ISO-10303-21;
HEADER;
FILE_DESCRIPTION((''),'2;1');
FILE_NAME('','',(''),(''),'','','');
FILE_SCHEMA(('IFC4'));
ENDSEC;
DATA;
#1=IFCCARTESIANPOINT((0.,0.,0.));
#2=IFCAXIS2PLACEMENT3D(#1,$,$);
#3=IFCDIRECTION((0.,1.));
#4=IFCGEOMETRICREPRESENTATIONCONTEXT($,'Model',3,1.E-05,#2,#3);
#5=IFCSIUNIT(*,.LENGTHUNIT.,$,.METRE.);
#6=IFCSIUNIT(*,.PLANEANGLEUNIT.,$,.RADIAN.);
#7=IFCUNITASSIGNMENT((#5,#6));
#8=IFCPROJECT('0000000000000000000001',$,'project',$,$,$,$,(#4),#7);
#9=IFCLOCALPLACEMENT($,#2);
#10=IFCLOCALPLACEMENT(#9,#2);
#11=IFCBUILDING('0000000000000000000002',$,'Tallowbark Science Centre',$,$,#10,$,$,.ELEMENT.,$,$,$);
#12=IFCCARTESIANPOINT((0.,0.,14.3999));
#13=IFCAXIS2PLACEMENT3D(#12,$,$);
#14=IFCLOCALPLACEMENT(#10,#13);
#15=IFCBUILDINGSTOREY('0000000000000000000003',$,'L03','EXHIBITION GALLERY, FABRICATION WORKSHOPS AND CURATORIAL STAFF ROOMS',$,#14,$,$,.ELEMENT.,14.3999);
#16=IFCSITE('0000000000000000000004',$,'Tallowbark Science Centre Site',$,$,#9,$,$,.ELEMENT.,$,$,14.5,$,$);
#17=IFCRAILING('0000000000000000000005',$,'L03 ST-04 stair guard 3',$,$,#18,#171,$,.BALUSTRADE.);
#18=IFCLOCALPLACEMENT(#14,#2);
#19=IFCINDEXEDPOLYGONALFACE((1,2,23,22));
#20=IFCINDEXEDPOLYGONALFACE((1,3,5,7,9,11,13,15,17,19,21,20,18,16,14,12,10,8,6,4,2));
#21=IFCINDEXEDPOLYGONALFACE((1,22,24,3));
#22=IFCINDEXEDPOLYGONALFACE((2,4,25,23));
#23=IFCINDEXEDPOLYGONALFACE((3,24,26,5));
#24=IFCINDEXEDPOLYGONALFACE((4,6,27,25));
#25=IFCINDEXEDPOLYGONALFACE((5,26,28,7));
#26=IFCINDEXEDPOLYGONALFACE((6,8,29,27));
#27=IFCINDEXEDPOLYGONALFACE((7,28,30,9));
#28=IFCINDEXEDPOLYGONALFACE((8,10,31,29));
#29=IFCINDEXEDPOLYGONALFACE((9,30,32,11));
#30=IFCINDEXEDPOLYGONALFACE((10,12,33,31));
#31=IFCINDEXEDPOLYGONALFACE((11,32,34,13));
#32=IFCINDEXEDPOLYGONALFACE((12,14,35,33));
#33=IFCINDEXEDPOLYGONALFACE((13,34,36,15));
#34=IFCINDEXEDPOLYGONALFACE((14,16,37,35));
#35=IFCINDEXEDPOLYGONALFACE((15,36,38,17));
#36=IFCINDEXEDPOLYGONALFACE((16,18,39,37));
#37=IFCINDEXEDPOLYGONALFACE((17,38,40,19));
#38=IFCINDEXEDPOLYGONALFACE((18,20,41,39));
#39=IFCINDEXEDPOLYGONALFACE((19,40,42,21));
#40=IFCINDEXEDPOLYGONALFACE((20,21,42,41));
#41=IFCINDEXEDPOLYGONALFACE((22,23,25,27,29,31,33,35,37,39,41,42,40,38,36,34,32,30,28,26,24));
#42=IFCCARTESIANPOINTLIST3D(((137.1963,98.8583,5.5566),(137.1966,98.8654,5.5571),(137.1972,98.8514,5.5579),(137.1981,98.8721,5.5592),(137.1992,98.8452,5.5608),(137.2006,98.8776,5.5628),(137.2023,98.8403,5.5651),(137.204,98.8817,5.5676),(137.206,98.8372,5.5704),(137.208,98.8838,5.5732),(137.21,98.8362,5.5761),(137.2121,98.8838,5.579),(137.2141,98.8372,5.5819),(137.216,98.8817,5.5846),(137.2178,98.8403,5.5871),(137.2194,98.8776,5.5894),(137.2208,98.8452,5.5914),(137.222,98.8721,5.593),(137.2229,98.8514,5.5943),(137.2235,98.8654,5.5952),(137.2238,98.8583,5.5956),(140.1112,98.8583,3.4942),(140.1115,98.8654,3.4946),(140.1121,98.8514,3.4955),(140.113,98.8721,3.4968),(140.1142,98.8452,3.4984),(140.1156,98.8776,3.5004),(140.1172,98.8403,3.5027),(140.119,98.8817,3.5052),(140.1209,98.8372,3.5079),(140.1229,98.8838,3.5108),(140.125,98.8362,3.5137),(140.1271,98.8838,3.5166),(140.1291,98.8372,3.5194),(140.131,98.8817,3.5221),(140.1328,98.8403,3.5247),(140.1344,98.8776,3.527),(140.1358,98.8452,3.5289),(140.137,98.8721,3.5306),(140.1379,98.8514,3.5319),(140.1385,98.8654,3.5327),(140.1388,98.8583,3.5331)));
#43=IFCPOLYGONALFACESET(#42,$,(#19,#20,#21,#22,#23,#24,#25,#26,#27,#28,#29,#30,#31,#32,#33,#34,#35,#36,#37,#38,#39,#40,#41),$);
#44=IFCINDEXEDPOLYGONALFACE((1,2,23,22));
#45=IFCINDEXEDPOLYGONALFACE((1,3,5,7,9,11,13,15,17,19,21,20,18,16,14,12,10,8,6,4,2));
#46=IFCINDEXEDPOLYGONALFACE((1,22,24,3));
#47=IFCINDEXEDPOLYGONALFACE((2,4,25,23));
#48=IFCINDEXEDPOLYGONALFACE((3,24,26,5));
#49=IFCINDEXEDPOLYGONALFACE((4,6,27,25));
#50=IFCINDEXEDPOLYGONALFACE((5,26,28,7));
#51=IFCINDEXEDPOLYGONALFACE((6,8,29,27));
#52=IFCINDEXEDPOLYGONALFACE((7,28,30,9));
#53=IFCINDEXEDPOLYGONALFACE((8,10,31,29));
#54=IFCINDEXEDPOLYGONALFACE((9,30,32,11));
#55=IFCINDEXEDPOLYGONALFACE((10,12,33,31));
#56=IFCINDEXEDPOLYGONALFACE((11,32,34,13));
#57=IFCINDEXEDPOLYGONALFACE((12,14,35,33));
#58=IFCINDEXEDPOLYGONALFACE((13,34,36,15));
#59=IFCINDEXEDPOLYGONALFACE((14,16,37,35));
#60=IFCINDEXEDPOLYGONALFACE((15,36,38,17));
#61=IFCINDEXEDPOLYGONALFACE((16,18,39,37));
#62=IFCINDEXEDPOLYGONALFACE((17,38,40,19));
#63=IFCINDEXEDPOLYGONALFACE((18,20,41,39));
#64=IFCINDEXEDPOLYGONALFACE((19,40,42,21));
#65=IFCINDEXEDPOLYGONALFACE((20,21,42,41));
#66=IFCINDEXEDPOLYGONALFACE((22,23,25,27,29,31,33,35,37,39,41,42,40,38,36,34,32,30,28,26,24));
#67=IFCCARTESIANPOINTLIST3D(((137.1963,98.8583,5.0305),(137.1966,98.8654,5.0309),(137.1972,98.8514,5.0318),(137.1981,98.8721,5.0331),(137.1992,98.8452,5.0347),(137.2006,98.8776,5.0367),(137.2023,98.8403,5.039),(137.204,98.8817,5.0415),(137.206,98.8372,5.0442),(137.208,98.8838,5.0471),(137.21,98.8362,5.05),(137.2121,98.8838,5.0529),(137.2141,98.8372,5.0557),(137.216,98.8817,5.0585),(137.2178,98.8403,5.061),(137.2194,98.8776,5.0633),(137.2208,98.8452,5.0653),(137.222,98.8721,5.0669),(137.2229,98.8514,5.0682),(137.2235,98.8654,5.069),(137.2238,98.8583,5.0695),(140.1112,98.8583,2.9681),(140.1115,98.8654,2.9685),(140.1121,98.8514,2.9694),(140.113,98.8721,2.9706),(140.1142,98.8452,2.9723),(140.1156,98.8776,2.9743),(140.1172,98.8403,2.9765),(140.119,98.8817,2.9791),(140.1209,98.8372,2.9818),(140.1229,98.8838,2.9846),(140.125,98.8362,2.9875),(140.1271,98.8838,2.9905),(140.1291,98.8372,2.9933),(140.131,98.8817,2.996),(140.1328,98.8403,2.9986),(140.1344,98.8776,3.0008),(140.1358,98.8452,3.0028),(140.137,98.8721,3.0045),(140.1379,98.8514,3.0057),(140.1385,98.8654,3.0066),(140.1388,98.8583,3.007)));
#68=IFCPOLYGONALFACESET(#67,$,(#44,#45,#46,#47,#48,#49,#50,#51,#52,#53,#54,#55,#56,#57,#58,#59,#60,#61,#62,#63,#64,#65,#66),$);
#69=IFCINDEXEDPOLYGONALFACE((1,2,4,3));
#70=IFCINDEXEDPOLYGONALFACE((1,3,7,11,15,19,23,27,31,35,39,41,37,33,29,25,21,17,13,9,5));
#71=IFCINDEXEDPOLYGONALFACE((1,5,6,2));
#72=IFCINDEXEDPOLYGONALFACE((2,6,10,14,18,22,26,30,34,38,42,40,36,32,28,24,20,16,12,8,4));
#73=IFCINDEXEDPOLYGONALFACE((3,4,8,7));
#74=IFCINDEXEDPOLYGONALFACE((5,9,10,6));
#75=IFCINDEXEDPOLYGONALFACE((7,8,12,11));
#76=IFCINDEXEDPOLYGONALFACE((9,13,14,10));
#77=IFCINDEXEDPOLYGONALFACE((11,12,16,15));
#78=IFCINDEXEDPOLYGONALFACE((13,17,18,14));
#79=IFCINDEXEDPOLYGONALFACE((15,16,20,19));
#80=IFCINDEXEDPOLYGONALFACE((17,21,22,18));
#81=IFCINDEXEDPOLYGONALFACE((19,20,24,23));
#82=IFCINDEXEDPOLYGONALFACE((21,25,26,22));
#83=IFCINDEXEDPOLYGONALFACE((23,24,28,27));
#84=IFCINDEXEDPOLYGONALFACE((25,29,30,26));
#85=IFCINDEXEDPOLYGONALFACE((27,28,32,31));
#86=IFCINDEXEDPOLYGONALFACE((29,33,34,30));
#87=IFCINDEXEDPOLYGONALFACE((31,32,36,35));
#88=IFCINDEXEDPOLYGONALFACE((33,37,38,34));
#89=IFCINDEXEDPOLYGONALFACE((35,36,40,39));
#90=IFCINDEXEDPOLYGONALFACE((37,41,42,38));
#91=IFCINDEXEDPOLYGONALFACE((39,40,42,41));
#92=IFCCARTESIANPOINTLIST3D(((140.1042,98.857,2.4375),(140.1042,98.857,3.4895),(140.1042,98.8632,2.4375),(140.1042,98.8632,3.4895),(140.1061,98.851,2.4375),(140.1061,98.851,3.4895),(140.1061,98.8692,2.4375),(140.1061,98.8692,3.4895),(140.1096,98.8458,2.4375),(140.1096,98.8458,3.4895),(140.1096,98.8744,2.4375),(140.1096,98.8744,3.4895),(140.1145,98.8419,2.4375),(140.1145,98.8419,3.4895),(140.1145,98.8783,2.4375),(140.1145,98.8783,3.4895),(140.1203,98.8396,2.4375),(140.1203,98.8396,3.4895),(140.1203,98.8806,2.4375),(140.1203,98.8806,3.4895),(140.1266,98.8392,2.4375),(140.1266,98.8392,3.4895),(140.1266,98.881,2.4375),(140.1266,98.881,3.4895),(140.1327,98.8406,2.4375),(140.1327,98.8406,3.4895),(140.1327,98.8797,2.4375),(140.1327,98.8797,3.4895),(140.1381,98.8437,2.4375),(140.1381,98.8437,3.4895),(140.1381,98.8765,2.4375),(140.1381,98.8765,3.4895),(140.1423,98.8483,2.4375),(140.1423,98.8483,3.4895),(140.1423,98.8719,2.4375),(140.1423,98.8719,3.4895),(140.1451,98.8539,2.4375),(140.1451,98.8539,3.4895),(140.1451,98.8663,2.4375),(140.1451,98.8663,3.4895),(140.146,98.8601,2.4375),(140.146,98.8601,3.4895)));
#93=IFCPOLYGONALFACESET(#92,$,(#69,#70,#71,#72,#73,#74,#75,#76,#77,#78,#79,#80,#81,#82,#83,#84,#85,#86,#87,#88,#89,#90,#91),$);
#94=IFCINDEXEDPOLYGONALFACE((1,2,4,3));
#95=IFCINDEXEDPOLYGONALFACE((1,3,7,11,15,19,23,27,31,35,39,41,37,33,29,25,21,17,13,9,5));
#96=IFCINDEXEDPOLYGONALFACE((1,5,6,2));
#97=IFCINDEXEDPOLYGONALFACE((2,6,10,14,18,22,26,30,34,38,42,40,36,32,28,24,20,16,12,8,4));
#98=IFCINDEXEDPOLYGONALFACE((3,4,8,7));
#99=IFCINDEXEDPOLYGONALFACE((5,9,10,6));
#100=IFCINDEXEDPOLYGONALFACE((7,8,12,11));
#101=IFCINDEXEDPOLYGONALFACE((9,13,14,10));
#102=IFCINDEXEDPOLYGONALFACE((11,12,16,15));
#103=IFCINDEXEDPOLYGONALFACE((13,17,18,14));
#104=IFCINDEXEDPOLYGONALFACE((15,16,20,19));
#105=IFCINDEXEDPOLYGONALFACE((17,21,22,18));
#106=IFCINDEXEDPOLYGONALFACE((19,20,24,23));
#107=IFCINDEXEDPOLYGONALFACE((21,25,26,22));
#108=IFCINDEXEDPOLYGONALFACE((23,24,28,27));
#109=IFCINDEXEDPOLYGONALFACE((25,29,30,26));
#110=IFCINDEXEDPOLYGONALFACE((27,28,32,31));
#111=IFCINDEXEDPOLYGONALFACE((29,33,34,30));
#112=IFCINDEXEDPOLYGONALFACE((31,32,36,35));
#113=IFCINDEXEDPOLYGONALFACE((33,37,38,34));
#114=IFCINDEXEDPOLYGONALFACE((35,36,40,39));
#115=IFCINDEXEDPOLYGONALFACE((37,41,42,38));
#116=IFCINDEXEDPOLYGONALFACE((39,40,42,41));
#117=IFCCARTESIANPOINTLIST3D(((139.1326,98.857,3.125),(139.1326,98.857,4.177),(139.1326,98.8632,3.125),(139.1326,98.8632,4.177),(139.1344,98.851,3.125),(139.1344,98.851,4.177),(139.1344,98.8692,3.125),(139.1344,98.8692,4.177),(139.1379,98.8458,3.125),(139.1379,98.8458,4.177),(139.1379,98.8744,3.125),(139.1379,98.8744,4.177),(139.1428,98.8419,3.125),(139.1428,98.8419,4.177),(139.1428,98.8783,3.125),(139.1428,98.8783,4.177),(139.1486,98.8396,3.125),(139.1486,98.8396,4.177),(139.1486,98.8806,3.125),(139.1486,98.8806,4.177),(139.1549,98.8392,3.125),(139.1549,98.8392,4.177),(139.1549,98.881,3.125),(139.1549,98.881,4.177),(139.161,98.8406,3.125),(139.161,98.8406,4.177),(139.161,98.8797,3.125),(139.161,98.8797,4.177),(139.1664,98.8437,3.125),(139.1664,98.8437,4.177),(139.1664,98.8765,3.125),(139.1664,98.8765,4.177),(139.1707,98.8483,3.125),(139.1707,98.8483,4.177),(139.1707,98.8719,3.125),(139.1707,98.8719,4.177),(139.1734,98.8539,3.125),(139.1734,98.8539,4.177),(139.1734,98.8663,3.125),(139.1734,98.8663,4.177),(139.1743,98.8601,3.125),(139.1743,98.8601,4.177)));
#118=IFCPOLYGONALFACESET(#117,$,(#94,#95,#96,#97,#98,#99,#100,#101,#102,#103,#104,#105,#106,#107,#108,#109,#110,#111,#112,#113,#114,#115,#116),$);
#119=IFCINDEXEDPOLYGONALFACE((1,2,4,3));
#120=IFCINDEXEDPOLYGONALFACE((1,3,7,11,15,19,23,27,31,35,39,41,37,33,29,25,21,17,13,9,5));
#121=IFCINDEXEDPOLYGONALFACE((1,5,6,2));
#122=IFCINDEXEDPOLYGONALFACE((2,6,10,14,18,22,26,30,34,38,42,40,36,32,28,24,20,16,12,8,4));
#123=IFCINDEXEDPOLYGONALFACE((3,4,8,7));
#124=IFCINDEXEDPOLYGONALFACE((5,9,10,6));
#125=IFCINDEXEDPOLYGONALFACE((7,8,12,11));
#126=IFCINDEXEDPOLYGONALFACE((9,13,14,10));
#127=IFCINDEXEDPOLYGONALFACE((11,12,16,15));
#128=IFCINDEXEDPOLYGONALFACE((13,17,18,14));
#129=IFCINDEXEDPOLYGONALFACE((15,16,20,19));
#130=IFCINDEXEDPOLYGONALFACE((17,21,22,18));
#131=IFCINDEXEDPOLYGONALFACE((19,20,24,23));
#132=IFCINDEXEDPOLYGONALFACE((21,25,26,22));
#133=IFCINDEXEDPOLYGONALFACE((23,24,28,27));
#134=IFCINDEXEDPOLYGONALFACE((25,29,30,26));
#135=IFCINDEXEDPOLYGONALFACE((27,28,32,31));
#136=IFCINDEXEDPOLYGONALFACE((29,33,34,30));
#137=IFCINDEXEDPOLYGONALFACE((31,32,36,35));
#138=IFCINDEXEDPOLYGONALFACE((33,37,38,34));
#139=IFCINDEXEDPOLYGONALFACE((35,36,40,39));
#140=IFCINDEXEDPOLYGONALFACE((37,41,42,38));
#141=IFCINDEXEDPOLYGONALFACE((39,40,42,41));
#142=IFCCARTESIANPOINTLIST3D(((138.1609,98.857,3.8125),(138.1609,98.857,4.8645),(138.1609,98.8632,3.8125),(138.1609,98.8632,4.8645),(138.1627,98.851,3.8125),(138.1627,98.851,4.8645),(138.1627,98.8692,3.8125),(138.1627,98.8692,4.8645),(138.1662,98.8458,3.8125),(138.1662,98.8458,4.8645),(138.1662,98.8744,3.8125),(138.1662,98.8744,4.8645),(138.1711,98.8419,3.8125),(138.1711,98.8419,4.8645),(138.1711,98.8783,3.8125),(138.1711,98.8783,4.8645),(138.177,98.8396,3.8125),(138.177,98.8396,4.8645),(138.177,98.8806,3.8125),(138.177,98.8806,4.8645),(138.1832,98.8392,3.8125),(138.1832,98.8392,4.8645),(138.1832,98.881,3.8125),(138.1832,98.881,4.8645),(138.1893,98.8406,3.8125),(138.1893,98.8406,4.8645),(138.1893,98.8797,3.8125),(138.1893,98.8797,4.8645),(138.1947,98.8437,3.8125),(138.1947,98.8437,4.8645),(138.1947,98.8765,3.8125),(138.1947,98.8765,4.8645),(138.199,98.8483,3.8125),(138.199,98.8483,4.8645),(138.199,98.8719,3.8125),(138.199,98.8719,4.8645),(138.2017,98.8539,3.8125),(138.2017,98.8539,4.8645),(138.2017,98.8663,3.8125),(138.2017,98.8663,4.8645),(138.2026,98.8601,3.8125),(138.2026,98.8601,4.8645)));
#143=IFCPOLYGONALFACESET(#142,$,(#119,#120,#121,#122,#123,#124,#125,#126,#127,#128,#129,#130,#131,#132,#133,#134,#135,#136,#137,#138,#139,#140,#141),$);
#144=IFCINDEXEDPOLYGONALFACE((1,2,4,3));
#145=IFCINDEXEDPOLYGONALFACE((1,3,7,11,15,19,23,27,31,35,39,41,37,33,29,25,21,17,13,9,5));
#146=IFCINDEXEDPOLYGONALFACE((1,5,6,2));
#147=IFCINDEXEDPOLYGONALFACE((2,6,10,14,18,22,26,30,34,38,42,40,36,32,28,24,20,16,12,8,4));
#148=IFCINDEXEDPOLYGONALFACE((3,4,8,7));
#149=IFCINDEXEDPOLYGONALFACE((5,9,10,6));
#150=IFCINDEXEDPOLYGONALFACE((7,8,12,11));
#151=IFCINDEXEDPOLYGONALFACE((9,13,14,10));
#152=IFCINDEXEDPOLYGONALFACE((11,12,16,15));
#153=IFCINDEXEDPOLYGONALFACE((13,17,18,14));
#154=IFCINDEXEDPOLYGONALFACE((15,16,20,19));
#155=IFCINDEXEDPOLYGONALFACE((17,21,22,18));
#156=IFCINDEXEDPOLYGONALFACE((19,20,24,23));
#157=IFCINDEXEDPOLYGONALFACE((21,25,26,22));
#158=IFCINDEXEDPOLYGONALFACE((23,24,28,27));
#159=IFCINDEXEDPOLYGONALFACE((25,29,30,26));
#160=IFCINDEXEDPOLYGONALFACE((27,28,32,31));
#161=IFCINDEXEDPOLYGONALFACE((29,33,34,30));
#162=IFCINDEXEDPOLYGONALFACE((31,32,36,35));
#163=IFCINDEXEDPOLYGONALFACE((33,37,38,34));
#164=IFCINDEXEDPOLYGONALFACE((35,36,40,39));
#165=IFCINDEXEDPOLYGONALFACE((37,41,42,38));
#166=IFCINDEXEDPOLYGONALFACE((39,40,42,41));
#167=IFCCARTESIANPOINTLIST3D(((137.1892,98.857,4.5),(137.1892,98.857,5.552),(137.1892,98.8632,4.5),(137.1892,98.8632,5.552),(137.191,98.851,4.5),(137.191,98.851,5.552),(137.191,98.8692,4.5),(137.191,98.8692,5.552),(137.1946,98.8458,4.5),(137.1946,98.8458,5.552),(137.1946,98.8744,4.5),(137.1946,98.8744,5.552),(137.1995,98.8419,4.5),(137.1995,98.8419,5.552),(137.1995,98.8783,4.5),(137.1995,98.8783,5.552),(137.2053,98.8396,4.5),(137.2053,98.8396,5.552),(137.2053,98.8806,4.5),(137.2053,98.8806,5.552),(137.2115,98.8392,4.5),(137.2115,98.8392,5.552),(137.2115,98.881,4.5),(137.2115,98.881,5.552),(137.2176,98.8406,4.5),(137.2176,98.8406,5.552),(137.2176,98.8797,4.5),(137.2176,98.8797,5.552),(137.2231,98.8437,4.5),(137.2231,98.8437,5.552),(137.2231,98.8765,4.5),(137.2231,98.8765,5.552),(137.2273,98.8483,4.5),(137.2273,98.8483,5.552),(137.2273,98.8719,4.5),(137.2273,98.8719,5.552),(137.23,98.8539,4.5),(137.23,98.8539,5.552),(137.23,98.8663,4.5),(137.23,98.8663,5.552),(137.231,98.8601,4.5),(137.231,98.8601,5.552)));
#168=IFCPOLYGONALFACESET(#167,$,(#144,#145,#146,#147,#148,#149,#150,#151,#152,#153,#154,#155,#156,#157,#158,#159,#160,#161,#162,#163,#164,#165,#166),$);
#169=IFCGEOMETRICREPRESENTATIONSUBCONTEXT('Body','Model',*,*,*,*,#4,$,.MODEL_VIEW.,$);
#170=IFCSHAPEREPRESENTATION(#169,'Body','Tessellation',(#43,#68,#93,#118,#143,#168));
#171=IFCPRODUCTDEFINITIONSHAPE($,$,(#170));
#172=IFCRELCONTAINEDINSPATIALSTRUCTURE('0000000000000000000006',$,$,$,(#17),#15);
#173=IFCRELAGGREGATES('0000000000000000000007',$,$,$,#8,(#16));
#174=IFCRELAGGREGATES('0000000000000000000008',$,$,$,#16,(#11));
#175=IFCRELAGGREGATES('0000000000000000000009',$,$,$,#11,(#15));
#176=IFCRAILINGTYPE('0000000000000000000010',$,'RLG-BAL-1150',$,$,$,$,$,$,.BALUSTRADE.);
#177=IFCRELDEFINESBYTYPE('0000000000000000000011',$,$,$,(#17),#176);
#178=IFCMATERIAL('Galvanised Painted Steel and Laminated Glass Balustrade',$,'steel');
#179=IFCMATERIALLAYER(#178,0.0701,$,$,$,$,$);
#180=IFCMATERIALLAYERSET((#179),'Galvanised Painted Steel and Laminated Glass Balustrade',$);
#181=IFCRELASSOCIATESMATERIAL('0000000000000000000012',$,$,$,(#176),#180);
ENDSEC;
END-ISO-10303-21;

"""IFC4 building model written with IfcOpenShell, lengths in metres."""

from ifc_helpers import new_model, si_unit, direction, frame, origin, origin_2d, place, context, subcontext, project, spatial, circle, extrude, material, layer, layer_set, type_object, element, save


model = new_model("IFC4")

# Units and contexts
model_context = context("Model", 3, precision=1e-05, world=origin(), true_north=direction((0.0, 1.0)))
body_context = subcontext(model_context, "Body", "Model", "MODEL_VIEW")
ifc_project = project(units=[si_unit("LENGTHUNIT", "METRE"), si_unit("PLANEANGLEUNIT", "RADIAN")], contexts=[model_context])

# Site, building, storey
site_placement = place(None, origin())
site = spatial("IfcSite", under=ifc_project, at=site_placement, Name="Tallowbark Science Centre Site", CompositionType="ELEMENT", RefElevation=14.5)
building_placement = place(site_placement, origin())
building = spatial("IfcBuilding", under=site, at=building_placement, Name="Tallowbark Science Centre", CompositionType="ELEMENT")
storey_placement = place(building_placement, frame((0.0, 0.0, 14.3999)))
storey = spatial("IfcBuildingStorey", under=building, at=storey_placement, Name="L03", Description="EXHIBITION GALLERY, FABRICATION WORKSHOPS AND CURATORIAL STAFF ROOMS", CompositionType="ELEMENT", Elevation=14.3999)

# Railing
ifc_material_1 = material(Name="Galvanised Painted Steel and Laminated Glass Balustrade", Category="steel")
ifc_layer_1 = layer(ifc_material_1, 0.0701)
ifc_layer_set_1 = layer_set([ifc_layer_1], Name="Galvanised Painted Steel and Laminated Glass Balustrade")
railing_type_1 = type_object("IfcRailingType", Name="RLG-BAL-1150", PredefinedType="BALUSTRADE", material=ifc_layer_set_1)
railing_1_placement = place(storey_placement, frame((140.125, 98.8601, 2.4375)))
element("IfcRailing", 1, at=railing_1_placement, inside=storey, type_object=railing_type_1, Name="L03 ST-04 stair guard 3", PredefinedType="BALUSTRADE", context=body_context, shape_type="SweptSolid", body=[
    extrude(circle(Radius=0.0239, at=origin_2d()), frame((0.0, 0.0, 1.0762), z_axis=(-0.816331, 0.0, 0.577585), x_axis=(0.0, -1.0, 0.0)), (0.0, 0.0, 1.0), 3.5708),
    extrude(circle(Radius=0.0239, at=origin_2d()), frame((0.0, 0.0, 0.55), z_axis=(-0.816331, 0.0, 0.577585), x_axis=(0.0, -1.0, 0.0)), (0.0, 0.0, 1.0), 3.5708),
    extrude(circle(Radius=0.021, at=origin_2d()), origin(), (0.0, 0.0, 1.0), 1.052),
    extrude(circle(Radius=0.021, at=origin_2d()), frame((-0.9717, 0.0, 0.6875)), (0.0, 0.0, 1.0), 1.052),
    extrude(circle(Radius=0.021, at=origin_2d()), frame((-1.9434, 0.0, 1.375)), (0.0, 0.0, 1.0), 1.052),
    extrude(circle(Radius=0.021, at=origin_2d()), frame((-2.915, 0.0, 2.0625)), (0.0, 0.0, 1.0), 1.052),
])

save(model, "model.ifc")
